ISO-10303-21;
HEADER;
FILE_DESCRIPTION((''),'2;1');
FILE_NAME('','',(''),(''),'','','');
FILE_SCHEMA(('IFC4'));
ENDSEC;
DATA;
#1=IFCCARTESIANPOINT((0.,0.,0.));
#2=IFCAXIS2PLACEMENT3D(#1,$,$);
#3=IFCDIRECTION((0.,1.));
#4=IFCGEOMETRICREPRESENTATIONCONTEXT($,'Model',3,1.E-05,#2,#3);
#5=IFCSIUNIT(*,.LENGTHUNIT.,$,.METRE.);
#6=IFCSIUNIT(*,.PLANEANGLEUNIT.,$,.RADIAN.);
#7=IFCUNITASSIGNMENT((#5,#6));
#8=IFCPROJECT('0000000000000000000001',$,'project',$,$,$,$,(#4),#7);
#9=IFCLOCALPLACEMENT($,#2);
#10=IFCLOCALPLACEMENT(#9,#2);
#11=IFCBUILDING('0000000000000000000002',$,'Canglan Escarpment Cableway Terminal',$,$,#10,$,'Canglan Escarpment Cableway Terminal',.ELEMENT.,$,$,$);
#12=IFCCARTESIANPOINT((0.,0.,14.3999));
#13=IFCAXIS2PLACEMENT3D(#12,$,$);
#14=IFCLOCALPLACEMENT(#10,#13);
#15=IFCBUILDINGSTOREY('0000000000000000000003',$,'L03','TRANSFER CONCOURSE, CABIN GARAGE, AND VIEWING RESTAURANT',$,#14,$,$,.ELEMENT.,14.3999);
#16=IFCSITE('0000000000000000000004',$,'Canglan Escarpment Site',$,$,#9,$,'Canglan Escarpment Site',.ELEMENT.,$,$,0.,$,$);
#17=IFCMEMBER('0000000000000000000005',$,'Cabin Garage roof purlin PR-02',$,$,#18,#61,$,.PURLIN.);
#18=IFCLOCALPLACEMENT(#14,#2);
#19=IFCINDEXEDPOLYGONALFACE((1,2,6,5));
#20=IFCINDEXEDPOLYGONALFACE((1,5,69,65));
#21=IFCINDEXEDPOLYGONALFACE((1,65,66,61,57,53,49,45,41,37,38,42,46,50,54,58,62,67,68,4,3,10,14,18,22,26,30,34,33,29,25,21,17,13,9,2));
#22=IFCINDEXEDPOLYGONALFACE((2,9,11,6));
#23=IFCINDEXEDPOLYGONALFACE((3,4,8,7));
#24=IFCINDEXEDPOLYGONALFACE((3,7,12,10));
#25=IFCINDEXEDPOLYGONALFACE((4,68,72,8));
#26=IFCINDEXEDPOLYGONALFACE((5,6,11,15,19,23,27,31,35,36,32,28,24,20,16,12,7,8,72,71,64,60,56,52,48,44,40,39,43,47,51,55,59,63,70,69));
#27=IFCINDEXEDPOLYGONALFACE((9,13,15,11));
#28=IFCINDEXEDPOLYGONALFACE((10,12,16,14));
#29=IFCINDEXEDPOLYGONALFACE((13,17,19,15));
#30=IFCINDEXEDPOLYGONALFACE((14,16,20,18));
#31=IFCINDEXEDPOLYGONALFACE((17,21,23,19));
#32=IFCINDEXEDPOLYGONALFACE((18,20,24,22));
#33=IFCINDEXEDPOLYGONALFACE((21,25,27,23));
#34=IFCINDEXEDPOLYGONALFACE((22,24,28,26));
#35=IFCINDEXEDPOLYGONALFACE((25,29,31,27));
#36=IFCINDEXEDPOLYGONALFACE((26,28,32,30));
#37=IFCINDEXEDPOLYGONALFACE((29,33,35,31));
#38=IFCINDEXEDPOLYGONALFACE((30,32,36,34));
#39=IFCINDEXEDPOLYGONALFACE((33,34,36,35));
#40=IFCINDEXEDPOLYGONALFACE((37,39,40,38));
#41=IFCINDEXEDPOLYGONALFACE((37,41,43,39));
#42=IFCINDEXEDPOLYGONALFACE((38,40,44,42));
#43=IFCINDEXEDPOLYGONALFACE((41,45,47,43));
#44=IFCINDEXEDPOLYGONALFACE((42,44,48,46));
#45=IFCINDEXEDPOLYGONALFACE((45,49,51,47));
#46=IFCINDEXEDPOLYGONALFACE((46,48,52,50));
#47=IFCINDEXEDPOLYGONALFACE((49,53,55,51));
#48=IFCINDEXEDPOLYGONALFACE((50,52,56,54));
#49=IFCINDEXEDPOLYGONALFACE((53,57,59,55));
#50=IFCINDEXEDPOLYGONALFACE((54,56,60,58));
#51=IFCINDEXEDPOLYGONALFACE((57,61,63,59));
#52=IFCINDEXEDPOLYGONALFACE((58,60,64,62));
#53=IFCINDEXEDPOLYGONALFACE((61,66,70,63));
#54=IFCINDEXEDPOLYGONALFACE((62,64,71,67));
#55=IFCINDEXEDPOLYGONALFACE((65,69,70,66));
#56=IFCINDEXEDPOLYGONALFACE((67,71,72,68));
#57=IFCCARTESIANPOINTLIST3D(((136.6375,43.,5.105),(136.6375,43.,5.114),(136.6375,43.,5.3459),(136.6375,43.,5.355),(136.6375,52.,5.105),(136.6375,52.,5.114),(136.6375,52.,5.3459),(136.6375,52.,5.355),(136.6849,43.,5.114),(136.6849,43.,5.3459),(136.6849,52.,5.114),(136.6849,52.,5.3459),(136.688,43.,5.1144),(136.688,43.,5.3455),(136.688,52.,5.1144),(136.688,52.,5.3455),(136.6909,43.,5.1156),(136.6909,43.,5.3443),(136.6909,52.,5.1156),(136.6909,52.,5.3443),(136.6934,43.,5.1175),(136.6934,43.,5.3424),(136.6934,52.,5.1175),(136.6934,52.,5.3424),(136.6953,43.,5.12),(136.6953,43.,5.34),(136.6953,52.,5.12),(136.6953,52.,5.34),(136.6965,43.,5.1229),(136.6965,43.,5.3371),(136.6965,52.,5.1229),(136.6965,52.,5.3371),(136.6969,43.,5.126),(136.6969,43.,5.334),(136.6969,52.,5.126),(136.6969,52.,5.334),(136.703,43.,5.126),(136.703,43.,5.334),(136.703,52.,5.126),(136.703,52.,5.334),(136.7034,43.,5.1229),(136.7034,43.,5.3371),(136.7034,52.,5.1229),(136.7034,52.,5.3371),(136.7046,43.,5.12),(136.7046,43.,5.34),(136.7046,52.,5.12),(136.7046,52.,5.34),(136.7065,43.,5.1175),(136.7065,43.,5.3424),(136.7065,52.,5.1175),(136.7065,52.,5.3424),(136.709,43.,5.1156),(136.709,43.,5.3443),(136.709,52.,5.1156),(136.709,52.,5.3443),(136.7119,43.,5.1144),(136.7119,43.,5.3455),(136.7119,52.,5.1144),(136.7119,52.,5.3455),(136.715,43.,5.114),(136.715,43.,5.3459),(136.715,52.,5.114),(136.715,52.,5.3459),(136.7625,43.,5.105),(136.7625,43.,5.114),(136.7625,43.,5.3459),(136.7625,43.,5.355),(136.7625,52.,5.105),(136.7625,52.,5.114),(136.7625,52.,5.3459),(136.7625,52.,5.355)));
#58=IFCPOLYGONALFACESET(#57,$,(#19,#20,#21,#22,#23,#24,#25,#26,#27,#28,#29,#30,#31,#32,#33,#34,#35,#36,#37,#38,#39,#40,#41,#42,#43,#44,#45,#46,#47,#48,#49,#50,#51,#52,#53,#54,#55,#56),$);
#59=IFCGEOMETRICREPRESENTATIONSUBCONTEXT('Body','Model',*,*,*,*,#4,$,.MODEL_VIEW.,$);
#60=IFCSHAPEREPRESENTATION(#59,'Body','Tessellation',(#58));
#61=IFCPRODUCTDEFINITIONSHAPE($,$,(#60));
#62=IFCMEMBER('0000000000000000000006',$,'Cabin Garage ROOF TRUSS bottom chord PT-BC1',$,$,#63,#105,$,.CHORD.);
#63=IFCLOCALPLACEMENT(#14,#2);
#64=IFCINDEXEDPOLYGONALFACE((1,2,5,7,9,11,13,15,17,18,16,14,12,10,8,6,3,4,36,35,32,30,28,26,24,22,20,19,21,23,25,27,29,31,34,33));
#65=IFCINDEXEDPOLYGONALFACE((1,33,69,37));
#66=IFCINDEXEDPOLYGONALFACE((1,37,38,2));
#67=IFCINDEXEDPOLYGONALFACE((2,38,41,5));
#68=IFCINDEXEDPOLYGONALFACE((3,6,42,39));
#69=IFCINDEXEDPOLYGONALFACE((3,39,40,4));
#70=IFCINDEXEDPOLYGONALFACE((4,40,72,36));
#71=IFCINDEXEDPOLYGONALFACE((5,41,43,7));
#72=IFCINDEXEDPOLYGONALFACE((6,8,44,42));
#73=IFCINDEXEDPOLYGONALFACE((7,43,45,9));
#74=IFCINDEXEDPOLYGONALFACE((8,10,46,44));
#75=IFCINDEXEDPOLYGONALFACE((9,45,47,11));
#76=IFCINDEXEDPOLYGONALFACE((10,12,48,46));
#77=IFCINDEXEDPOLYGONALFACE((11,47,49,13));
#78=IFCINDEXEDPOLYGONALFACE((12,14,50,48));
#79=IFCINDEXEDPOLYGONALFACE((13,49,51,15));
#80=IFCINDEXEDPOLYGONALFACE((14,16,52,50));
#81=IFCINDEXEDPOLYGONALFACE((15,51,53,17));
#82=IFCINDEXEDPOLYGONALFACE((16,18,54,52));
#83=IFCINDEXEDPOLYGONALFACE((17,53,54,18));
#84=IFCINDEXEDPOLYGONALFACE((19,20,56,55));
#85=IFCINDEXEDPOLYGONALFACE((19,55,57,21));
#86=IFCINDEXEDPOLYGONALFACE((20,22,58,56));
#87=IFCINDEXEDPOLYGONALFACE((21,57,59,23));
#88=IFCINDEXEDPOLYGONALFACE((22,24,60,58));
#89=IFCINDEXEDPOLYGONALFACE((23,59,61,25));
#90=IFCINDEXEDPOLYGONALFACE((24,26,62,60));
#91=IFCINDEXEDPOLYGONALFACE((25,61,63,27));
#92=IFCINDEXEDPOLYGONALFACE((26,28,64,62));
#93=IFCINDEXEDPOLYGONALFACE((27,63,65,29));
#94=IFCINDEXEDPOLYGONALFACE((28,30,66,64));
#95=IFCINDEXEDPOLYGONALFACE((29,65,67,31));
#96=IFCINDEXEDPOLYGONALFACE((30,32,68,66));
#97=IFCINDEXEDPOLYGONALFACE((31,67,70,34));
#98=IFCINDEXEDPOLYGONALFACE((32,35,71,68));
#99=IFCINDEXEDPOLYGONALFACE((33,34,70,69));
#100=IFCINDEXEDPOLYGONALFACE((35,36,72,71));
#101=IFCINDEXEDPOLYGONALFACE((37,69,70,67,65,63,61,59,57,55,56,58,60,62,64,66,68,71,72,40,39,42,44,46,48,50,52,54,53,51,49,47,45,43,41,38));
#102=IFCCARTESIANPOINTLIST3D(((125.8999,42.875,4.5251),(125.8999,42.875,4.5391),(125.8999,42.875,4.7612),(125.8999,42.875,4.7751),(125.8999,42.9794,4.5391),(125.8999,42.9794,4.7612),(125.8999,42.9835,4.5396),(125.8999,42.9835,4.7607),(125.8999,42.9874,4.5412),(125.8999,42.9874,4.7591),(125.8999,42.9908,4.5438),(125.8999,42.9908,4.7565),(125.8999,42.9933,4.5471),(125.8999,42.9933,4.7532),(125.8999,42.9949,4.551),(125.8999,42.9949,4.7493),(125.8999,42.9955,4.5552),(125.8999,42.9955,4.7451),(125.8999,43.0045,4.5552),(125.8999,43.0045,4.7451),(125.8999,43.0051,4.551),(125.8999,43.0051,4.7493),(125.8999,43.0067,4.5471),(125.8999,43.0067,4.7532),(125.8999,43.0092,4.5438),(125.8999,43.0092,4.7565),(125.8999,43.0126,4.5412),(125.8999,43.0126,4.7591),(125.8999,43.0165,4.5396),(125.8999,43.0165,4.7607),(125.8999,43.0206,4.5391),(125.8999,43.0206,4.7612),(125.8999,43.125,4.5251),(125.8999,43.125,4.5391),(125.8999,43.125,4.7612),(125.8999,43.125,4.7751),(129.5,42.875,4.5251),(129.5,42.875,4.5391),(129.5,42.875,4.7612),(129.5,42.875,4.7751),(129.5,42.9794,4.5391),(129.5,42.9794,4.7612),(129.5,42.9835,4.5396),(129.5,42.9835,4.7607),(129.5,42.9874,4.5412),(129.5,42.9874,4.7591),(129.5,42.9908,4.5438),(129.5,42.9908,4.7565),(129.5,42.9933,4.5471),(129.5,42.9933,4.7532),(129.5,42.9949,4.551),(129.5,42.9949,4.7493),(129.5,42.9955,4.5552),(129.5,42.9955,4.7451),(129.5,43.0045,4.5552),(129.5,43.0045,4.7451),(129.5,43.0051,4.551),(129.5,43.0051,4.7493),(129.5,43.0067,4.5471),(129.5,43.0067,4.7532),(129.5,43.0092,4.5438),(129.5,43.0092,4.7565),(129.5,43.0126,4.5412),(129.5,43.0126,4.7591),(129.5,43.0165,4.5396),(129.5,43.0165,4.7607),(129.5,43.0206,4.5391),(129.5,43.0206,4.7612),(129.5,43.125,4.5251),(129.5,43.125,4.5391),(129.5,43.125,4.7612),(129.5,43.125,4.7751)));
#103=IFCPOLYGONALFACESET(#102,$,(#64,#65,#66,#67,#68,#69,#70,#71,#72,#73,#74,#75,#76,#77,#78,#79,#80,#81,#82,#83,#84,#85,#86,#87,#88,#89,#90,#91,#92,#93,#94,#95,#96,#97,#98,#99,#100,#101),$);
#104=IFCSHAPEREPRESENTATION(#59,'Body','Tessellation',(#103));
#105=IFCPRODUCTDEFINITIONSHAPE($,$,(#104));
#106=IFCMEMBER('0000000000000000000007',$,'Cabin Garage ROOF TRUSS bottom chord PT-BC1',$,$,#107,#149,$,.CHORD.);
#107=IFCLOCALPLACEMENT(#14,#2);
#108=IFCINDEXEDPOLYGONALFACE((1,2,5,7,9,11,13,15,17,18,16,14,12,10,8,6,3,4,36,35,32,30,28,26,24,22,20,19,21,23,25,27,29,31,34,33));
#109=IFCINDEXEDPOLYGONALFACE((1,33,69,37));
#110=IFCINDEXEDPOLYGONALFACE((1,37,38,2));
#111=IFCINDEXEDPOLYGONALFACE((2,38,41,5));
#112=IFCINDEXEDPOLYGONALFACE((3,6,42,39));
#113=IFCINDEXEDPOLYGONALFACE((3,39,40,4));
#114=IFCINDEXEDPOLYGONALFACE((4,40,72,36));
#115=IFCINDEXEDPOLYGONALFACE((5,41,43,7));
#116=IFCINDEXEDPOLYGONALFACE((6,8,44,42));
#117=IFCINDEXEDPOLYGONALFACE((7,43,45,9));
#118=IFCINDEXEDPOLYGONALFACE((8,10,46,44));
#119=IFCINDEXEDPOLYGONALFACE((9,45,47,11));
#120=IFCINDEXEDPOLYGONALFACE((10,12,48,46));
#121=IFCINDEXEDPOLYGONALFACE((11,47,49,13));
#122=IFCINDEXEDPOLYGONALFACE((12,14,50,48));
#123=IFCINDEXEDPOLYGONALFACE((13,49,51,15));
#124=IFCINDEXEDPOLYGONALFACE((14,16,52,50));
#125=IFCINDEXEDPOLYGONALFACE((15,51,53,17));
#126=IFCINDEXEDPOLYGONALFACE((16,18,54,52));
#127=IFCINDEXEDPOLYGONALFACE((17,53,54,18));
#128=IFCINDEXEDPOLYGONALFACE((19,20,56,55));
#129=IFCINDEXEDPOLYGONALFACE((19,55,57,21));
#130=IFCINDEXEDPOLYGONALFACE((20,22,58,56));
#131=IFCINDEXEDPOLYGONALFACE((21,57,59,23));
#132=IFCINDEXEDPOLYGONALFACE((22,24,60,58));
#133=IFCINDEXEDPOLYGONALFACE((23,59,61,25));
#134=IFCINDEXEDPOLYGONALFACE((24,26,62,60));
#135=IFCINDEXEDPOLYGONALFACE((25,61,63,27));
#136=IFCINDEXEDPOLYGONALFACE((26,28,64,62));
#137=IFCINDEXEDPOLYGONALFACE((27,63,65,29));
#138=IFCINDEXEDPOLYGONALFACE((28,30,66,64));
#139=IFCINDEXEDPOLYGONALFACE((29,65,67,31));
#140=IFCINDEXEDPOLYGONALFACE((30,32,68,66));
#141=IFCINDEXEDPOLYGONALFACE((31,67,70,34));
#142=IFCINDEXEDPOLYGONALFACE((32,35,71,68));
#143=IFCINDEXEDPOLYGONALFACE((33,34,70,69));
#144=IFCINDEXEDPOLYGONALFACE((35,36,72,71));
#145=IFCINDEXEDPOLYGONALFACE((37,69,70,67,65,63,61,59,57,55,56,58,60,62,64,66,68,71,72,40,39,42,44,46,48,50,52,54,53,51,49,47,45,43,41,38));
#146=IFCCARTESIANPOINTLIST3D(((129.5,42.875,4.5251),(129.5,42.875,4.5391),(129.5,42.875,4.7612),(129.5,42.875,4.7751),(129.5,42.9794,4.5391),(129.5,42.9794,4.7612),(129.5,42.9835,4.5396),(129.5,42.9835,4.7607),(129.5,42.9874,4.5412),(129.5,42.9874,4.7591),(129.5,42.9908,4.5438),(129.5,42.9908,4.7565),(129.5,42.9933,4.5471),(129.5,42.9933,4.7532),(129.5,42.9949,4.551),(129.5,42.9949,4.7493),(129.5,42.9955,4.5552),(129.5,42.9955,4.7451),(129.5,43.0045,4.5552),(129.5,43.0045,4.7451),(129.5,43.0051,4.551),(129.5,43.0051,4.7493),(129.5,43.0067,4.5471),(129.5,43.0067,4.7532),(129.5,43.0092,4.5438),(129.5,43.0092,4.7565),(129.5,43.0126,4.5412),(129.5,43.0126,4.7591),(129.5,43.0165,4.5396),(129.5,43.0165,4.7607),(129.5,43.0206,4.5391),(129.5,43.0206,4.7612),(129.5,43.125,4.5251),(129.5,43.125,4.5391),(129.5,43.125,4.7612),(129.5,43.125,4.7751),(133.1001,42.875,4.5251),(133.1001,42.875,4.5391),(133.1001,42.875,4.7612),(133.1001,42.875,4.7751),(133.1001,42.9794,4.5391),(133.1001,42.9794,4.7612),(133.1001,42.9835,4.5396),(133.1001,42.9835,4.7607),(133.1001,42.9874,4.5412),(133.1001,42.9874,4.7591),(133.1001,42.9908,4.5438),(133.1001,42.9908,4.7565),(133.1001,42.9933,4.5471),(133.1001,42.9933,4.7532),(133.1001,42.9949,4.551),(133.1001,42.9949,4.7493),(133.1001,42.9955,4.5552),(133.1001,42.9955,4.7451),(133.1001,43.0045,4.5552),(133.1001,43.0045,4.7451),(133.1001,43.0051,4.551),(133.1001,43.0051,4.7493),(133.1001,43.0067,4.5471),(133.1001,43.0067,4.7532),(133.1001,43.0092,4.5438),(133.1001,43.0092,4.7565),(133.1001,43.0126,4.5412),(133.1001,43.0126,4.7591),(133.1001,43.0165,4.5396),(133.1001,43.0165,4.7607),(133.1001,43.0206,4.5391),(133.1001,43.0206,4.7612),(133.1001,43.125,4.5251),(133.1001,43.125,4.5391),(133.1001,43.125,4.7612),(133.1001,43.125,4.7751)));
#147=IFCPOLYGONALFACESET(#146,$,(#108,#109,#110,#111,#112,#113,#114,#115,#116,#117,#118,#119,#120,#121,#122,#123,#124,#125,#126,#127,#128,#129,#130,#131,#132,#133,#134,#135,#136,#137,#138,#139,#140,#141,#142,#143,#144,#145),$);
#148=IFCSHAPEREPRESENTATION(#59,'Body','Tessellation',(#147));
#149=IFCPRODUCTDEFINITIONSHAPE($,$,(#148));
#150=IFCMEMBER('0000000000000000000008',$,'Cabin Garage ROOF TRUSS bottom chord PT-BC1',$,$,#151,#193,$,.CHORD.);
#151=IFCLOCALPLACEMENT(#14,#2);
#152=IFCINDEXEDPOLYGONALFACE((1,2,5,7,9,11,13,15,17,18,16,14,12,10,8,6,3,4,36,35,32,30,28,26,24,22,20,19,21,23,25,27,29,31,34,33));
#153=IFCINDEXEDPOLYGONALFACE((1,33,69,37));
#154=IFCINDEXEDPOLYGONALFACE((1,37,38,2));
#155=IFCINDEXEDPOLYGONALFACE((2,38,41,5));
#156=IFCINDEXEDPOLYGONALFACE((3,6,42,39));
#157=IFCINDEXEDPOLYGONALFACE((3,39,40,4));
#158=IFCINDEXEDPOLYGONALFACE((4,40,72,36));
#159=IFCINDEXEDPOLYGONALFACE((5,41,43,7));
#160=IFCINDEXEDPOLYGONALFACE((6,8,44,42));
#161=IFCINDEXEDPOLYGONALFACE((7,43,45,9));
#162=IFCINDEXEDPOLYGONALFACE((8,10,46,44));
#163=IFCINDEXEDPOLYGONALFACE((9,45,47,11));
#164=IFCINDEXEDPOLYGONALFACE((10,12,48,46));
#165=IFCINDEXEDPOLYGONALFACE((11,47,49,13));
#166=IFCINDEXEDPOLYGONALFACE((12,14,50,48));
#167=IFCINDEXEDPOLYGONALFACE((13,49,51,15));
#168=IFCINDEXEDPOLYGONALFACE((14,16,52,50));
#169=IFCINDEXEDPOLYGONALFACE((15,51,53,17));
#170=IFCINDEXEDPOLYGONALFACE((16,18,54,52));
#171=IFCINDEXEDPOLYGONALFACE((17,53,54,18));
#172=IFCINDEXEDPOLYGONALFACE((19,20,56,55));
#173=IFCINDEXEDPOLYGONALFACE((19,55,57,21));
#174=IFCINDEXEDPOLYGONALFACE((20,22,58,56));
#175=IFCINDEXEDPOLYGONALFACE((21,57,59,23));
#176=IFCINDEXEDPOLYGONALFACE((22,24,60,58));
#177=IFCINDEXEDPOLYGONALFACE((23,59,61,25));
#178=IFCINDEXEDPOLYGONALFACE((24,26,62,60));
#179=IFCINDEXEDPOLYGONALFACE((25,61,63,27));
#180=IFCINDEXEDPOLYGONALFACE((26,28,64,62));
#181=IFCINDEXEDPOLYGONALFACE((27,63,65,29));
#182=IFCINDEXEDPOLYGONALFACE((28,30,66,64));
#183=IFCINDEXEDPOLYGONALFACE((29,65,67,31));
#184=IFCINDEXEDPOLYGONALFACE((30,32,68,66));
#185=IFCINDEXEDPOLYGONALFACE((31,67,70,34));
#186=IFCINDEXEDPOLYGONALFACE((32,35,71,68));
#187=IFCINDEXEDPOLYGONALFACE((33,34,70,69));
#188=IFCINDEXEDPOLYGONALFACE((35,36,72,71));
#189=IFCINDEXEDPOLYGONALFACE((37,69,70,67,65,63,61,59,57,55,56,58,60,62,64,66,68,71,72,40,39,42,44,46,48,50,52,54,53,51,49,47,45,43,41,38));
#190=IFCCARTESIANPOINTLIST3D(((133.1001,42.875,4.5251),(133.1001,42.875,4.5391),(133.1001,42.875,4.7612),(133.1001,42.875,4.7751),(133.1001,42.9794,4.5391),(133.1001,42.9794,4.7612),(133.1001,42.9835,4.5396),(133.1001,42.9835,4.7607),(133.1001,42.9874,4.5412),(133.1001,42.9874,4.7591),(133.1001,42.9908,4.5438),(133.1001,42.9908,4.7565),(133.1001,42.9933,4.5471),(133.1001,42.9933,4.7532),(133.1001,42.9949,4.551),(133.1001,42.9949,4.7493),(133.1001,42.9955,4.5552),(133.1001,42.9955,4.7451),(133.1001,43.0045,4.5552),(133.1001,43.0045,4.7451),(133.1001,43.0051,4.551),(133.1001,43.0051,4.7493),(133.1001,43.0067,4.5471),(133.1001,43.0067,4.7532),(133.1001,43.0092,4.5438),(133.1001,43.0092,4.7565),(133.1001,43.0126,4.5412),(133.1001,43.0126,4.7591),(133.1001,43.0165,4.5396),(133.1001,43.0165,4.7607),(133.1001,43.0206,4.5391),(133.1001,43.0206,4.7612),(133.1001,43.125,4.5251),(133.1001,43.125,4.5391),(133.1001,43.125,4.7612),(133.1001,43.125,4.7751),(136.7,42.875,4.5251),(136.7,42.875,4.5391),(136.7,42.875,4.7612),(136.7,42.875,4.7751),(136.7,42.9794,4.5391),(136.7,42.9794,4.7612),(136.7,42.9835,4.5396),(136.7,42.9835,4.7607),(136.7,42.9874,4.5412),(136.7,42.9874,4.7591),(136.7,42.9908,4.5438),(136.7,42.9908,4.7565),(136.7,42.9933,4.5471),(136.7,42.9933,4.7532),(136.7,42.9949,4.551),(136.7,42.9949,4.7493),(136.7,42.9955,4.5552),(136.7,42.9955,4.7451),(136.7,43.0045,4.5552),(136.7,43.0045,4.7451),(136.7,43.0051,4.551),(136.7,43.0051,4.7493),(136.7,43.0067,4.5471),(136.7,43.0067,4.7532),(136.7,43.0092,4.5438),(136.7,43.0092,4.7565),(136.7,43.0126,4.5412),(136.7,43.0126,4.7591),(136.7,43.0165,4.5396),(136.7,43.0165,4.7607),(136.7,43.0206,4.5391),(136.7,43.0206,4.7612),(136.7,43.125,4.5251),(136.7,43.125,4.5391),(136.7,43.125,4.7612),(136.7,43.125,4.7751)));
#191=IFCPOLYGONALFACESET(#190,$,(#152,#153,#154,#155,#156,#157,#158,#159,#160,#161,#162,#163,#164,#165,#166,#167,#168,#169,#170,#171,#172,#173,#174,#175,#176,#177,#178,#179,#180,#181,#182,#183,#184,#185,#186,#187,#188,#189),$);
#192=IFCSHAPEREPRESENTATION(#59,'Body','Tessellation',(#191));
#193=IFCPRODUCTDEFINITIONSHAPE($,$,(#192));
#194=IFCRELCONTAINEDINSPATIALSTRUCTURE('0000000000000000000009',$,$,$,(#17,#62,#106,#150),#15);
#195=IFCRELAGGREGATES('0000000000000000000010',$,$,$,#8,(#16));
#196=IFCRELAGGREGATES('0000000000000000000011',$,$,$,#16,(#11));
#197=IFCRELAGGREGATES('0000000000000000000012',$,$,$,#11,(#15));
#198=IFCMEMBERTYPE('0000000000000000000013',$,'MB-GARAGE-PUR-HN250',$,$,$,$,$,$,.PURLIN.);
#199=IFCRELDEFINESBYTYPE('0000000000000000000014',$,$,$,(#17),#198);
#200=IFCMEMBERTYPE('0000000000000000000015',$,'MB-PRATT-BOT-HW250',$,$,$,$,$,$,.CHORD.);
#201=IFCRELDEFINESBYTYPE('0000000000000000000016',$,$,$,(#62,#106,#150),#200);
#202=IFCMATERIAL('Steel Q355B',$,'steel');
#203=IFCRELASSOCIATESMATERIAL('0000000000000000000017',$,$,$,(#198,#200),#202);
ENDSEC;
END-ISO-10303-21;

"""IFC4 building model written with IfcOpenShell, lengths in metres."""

from ifc_helpers import new_model, si_unit, direction, frame, origin, origin_2d, place, context, subcontext, project, spatial, i_section, extrude, material, material_profile, profile_set, type_object, element, save


model = new_model("IFC4")

# Units and contexts
model_context = context("Model", 3, precision=1e-05, world=origin(), true_north=direction((0.0, 1.0)))
body_context = subcontext(model_context, "Body", "Model", "MODEL_VIEW")
ifc_project = project(units=[si_unit("LENGTHUNIT", "METRE"), si_unit("PLANEANGLEUNIT", "RADIAN")], contexts=[model_context])

# Site, building, storey
site_placement = place(None, origin())
site = spatial("IfcSite", under=ifc_project, at=site_placement, Name="Canglan Escarpment Site", LongName="Canglan Escarpment Site", CompositionType="ELEMENT", RefElevation=0.0)
building_placement = place(site_placement, origin())
building = spatial("IfcBuilding", under=site, at=building_placement, Name="Canglan Escarpment Cableway Terminal", LongName="Canglan Escarpment Cableway Terminal", CompositionType="ELEMENT")
storey_placement = place(building_placement, frame((0.0, 0.0, 14.3999)))
storey = spatial("IfcBuildingStorey", under=building, at=storey_placement, Name="L03", Description="TRANSFER CONCOURSE, CABIN GARAGE, AND VIEWING RESTAURANT", CompositionType="ELEMENT", Elevation=14.3999)

# Shared definitions
ifc_material_1 = material(Name="Steel Q355B", Category="steel")

# Members
ifc_material_profile_1 = material_profile(ifc_material_1, i_section(OverallWidth=0.125, OverallDepth=0.25, WebThickness=0.0061, FlangeThickness=0.009, FilletRadius=0.012, at=origin_2d()), Name="HN 250x125x6x9")
ifc_profile_set_1 = profile_set([ifc_material_profile_1], Name="Steel Q355B")
member_type_1 = type_object("IfcMemberType", Name="MB-GARAGE-PUR-HN250", PredefinedType="PURLIN", material=ifc_profile_set_1)
for number, where, z_axis, x_axis, name in (
    (1, (136.7, 43.0, 5.23), (0.0, 1.0, 0.0), (-1.0, 0.0, 0.0), "Cabin Garage roof purlin PR-02"),
):
    element("IfcMember", number, at=place(storey_placement, frame(where, z_axis=z_axis, x_axis=x_axis)), inside=storey, type_object=member_type_1, Name=name, PredefinedType="PURLIN", context=body_context, shape_type="SweptSolid", body=[
        extrude(i_section(OverallWidth=0.125, OverallDepth=0.25, WebThickness=0.0061, FlangeThickness=0.009, FilletRadius=0.012, at=origin_2d()), origin(), (0.0, 0.0, 1.0), 9.0),
    ])
ifc_material_profile_2 = material_profile(ifc_material_1, i_section(OverallWidth=0.25, OverallDepth=0.25, WebThickness=0.009, FlangeThickness=0.0139, FilletRadius=0.0161, at=origin_2d()), Name="HW 250x250x9x14")
ifc_profile_set_2 = profile_set([ifc_material_profile_2], Name="Steel Q355B")
member_type_2 = type_object("IfcMemberType", Name="MB-PRATT-BOT-HW250", PredefinedType="CHORD", material=ifc_profile_set_2)
for number, where, z_axis, x_axis, name in (
    (2, (125.8999, 43.0, 4.6501), (1.0, 0.0, 0.0), (0.0, 1.0, 0.0), "Cabin Garage ROOF TRUSS bottom chord PT-BC1"),
    (3, (129.5, 43.0, 4.6501), (1.0, 0.0, 0.0), (0.0, 1.0, 0.0), "Cabin Garage ROOF TRUSS bottom chord PT-BC1"),
):
    element("IfcMember", number, at=place(storey_placement, frame(where, z_axis=z_axis, x_axis=x_axis)), inside=storey, type_object=member_type_2, Name=name, PredefinedType="CHORD", context=body_context, shape_type="SweptSolid", body=[
        extrude(i_section(OverallWidth=0.25, OverallDepth=0.25, WebThickness=0.009, FlangeThickness=0.0139, FilletRadius=0.0161, at=origin_2d()), origin(), (0.0, 0.0, 1.0), 3.6001),
    ])
member_1_placement = place(storey_placement, frame((133.1001, 43.0, 4.6501), z_axis=(1.0, 0.0, 0.0), x_axis=(0.0, 1.0, 0.0)))
element("IfcMember", 4, at=member_1_placement, inside=storey, type_object=member_type_2, Name="Cabin Garage ROOF TRUSS bottom chord PT-BC1", PredefinedType="CHORD", context=body_context, shape_type="SweptSolid", body=[
    extrude(i_section(OverallWidth=0.25, OverallDepth=0.25, WebThickness=0.009, FlangeThickness=0.0139, FilletRadius=0.0161, at=origin_2d()), origin(), (0.0, 0.0, 1.0), 3.5999),
])

save(model, "model.ifc")
